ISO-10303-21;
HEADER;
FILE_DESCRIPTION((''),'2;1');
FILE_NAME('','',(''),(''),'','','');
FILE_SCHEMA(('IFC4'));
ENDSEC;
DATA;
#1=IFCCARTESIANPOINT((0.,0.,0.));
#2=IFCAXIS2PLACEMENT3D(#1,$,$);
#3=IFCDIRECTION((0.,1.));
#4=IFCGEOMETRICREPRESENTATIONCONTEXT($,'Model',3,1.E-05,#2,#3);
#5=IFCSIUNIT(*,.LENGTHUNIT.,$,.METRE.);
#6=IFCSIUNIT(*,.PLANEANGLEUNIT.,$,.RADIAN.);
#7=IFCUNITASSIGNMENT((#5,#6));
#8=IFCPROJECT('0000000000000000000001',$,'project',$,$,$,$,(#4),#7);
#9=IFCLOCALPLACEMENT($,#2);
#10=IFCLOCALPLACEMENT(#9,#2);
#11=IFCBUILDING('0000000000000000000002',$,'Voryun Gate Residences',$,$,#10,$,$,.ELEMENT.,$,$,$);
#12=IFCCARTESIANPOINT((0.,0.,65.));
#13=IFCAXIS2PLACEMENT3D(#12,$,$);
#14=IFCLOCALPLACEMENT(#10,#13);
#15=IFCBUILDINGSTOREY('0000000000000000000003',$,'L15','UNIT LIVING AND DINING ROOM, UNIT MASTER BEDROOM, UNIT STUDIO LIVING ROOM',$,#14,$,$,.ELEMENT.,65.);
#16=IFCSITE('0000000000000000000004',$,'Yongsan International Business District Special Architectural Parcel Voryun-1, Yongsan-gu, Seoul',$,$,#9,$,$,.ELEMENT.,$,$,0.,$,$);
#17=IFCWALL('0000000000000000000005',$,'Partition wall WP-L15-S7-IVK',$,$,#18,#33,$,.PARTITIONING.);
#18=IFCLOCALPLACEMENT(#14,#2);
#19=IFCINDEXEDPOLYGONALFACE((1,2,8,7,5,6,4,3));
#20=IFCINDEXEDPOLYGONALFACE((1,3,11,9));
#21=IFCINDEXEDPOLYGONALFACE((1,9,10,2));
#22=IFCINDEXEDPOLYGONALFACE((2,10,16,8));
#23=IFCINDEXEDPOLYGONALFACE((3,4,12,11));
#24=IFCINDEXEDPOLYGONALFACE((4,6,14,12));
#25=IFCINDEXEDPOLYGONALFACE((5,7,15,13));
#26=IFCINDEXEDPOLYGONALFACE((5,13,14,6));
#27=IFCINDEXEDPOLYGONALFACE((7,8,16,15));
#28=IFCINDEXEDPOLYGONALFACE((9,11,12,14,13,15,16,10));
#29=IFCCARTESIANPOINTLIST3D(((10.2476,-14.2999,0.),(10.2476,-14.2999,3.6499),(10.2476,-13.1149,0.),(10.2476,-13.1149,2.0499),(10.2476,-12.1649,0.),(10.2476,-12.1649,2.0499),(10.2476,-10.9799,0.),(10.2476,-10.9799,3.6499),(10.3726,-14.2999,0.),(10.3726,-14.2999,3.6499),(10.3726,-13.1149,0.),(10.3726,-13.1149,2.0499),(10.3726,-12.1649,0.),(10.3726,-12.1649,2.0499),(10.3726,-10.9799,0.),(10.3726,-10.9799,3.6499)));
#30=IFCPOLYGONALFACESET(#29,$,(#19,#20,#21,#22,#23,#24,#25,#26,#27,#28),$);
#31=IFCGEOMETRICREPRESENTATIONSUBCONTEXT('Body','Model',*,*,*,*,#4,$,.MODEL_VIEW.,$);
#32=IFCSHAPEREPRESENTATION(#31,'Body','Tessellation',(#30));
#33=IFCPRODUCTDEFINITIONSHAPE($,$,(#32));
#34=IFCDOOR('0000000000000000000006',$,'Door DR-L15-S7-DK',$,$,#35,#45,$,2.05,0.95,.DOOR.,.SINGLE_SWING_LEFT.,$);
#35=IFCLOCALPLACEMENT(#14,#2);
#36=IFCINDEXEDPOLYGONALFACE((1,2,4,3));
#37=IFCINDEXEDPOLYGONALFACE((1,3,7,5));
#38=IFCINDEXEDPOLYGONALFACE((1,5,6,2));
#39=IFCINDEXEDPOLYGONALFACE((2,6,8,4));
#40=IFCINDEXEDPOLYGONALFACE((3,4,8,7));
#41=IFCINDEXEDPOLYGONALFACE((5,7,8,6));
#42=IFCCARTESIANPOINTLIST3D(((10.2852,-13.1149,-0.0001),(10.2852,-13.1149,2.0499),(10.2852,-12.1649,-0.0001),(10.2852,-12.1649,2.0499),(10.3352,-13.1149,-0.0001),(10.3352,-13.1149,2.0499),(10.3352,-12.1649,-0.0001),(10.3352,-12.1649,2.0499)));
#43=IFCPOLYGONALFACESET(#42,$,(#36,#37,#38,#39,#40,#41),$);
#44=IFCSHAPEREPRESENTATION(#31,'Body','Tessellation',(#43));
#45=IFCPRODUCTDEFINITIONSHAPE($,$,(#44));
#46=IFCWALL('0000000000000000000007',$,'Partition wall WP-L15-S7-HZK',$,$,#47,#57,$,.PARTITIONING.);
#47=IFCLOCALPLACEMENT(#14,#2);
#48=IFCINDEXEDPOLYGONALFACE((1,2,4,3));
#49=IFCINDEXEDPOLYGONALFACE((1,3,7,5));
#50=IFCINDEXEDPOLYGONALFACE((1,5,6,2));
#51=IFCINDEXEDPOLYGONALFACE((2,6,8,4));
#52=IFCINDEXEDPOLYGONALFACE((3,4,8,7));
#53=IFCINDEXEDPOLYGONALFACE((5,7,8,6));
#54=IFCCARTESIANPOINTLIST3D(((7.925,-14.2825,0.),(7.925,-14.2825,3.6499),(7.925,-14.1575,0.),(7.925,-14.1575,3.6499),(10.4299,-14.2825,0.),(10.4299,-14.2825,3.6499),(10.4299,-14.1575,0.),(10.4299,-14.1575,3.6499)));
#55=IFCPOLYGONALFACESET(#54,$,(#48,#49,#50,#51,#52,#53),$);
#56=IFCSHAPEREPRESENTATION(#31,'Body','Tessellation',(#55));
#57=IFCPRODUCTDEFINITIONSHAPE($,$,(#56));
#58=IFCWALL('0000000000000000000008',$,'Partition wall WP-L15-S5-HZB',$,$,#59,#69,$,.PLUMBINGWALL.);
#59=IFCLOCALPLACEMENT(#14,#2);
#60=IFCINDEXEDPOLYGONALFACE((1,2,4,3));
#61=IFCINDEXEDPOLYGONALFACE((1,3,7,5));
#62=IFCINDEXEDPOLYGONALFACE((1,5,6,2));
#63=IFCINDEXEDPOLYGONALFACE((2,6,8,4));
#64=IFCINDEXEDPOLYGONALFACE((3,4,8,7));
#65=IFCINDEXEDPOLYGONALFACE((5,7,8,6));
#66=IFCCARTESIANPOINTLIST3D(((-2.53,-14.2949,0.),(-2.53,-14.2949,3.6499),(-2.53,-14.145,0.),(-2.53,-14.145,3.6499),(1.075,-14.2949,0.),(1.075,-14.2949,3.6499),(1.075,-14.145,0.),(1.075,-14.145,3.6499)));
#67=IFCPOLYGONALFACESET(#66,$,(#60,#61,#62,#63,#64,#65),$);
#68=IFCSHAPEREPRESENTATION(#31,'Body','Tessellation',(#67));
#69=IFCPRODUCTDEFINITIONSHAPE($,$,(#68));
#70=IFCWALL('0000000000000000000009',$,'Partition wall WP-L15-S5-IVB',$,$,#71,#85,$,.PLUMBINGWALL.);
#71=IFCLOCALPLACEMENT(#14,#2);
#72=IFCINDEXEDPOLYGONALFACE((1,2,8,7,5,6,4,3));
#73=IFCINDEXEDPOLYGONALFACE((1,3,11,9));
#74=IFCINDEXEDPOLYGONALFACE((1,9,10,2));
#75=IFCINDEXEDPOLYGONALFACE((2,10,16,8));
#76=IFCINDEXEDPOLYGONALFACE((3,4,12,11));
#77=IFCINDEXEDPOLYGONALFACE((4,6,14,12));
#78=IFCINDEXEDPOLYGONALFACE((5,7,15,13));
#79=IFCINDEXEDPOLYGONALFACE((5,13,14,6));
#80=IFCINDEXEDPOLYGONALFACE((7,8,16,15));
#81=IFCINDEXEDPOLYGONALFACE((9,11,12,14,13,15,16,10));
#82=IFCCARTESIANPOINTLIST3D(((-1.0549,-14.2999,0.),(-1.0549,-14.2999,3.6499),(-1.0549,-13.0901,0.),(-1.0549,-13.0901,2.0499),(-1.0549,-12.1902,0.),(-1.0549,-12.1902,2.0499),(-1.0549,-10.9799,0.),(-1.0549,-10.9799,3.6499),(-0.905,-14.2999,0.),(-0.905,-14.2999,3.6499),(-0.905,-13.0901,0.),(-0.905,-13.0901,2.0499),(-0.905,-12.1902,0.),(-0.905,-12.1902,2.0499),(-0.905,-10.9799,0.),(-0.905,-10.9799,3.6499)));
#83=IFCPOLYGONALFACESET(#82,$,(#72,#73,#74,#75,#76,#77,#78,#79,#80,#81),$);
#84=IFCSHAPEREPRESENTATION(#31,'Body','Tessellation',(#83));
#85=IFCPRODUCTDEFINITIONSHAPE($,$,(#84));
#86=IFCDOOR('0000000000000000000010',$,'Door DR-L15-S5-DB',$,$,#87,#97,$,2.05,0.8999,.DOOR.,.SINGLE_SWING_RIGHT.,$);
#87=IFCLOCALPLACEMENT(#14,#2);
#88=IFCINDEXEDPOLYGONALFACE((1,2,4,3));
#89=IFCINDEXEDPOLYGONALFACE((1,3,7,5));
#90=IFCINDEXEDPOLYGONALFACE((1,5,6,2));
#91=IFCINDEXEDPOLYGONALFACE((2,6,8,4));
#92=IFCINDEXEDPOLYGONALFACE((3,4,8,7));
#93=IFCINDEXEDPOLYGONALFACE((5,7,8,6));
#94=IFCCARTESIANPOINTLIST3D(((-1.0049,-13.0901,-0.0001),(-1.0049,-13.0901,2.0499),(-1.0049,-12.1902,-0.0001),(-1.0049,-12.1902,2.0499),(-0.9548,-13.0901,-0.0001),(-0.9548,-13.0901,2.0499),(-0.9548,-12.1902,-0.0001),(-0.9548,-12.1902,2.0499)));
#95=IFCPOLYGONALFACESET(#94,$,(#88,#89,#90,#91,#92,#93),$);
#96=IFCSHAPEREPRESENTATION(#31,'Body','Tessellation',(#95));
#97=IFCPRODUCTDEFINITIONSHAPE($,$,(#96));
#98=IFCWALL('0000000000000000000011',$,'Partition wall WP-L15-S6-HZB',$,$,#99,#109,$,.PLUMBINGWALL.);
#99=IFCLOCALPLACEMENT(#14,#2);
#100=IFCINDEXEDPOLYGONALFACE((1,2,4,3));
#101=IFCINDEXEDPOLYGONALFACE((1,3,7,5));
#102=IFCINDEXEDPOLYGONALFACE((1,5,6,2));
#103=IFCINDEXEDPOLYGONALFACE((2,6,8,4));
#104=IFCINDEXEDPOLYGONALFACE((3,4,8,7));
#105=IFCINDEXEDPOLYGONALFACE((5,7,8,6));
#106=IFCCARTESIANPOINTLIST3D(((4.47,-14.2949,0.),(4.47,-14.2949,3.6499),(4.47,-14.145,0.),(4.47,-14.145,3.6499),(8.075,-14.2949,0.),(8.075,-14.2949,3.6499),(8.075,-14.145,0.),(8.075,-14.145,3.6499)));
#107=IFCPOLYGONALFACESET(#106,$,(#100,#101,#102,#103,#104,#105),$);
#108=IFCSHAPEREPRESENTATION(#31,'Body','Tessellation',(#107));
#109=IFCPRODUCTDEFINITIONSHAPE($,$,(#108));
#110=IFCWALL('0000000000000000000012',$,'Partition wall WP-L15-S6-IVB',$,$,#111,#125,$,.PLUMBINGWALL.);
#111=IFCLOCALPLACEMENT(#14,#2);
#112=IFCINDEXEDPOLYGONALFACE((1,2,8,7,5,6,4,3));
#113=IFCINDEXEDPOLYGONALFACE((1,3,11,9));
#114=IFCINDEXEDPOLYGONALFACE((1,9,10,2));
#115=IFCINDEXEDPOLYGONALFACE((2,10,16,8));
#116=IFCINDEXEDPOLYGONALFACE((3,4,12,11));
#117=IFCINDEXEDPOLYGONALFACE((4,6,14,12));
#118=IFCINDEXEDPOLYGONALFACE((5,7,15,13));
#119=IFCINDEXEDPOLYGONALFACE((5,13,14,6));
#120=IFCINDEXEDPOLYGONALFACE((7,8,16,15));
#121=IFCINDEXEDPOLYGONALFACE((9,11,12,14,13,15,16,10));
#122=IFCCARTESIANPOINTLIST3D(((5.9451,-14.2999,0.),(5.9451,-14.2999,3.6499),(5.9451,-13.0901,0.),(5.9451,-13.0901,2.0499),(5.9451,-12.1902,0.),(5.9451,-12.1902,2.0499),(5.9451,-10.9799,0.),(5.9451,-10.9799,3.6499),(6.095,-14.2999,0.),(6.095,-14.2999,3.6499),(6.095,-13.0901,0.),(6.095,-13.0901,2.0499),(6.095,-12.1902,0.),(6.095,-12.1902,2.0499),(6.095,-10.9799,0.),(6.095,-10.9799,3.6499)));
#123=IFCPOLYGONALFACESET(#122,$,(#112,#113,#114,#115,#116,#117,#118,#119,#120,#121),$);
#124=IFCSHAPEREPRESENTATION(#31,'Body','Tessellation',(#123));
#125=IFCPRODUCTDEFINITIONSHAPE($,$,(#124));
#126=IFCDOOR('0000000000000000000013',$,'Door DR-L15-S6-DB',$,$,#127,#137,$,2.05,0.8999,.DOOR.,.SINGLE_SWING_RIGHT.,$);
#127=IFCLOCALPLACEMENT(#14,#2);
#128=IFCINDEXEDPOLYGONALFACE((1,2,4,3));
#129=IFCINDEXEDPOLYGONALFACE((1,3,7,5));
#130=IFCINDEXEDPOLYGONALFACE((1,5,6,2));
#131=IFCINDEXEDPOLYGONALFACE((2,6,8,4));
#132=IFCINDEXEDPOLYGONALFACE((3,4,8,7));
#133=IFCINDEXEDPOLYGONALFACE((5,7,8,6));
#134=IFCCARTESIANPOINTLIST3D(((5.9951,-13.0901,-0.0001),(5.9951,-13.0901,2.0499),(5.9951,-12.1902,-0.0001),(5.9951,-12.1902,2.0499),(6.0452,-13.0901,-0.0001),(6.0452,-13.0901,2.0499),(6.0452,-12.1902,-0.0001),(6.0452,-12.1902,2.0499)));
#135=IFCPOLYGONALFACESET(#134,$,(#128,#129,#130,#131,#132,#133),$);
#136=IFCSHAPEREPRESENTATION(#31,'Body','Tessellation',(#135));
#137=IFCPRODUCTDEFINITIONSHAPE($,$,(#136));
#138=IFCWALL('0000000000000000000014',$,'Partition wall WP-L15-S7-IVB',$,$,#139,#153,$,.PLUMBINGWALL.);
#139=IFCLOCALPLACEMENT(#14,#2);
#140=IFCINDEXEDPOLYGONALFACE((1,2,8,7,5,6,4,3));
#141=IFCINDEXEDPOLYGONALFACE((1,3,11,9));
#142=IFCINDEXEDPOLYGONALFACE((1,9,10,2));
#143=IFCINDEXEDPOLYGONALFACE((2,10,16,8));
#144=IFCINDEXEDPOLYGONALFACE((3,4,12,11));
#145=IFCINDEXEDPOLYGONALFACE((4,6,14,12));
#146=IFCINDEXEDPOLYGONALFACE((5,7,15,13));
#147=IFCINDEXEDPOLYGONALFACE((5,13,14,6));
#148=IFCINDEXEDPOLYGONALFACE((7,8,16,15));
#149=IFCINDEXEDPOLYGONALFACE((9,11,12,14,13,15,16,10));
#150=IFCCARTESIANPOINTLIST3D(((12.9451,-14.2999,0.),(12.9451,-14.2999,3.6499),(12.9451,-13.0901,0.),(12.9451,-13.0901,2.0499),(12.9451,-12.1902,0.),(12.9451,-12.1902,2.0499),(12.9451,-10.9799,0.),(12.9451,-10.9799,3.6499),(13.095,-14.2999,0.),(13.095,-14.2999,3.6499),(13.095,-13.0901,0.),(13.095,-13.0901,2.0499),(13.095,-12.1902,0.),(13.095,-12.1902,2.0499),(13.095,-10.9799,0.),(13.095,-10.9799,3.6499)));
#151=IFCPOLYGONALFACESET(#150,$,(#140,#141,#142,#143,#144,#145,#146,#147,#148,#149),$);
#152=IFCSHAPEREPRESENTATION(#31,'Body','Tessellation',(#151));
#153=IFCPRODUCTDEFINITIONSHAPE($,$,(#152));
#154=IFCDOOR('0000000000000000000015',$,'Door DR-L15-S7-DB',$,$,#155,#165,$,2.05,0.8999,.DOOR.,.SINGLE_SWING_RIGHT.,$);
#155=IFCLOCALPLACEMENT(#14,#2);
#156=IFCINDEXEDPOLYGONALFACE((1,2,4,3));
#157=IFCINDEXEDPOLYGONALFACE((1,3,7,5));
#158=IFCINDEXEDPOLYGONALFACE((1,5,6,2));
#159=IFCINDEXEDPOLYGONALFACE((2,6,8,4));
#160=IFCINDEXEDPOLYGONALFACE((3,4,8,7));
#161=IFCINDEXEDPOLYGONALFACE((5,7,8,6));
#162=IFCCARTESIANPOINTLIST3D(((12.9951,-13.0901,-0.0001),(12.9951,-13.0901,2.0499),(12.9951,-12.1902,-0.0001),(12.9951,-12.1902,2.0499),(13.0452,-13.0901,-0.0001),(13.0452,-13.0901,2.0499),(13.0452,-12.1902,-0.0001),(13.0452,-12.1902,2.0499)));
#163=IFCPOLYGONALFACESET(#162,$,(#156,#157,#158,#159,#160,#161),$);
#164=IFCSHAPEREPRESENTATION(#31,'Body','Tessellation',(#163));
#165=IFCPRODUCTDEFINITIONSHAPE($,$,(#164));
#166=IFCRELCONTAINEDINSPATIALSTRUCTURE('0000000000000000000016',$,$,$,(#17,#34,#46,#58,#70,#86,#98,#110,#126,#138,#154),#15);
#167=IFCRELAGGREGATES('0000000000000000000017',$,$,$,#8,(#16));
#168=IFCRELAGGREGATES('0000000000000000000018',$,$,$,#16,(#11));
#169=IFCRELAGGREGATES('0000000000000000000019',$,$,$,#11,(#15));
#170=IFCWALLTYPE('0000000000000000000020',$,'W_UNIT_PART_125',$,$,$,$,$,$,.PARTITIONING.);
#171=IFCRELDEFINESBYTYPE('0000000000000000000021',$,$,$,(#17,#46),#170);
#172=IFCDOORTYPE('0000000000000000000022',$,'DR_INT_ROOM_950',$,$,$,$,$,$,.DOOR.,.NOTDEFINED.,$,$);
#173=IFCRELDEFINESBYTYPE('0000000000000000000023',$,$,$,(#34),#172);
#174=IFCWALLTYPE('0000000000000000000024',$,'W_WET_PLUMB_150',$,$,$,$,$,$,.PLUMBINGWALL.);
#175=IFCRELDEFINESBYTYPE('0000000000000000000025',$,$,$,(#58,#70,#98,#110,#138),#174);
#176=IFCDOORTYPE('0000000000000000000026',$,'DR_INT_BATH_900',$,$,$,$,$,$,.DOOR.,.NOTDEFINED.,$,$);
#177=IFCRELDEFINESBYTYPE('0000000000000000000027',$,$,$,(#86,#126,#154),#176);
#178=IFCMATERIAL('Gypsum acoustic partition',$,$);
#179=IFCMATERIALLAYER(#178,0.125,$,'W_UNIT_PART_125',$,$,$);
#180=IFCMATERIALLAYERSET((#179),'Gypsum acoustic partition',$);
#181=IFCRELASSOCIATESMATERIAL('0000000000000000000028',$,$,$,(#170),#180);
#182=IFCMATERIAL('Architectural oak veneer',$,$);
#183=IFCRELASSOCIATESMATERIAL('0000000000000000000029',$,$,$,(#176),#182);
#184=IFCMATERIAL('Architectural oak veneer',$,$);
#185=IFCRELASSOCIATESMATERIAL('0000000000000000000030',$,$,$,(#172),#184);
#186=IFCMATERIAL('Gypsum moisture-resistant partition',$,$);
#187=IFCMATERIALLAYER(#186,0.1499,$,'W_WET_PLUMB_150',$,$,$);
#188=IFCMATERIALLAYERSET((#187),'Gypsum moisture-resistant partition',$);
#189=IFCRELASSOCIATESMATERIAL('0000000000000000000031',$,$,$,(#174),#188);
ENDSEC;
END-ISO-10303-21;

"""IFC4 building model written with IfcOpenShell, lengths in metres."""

from ifc_helpers import new_model, si_unit, direction, frame, frame_2d, origin, place, context, subcontext, project, spatial, rectangle, extrude, material, layer, layer_set, type_object, element, fill, save


model = new_model("IFC4")

# Units and contexts
model_context = context("Model", 3, precision=1e-05, world=origin(), true_north=direction((0.0, 1.0)))
body_context = subcontext(model_context, "Body", "Model", "MODEL_VIEW")
ifc_project = project(units=[si_unit("LENGTHUNIT", "METRE"), si_unit("PLANEANGLEUNIT", "RADIAN")], contexts=[model_context])

# Site, building, storey
site_placement = place(None, origin())
site = spatial("IfcSite", under=ifc_project, at=site_placement, Name="Yongsan International Business District Special Architectural Parcel Voryun-1, Yongsan-gu, Seoul", CompositionType="ELEMENT", RefElevation=0.0)
building_placement = place(site_placement, origin())
building = spatial("IfcBuilding", under=site, at=building_placement, Name="Voryun Gate Residences", CompositionType="ELEMENT")
storey_placement = place(building_placement, frame((0.0, 0.0, 65.0)))
storey = spatial("IfcBuildingStorey", under=building, at=storey_placement, Name="L15", Description="UNIT LIVING AND DINING ROOM, UNIT MASTER BEDROOM, UNIT STUDIO LIVING ROOM", CompositionType="ELEMENT", Elevation=65.0)

# Shared definitions
ifc_material_1 = material(Name="Gypsum acoustic partition")
ifc_layer_1 = layer(ifc_material_1, 0.125, Name="W_UNIT_PART_125")
ifc_layer_set_1 = layer_set([ifc_layer_1], Name="Gypsum acoustic partition")
wall_type_1 = type_object("IfcWallType", Name="W_UNIT_PART_125", PredefinedType="PARTITIONING", material=ifc_layer_set_1)
ifc_material_2 = material(Name="Architectural oak veneer")
door_type_1 = type_object("IfcDoorType", Name="DR_INT_BATH_900", OperationType="NOTDEFINED", PredefinedType="DOOR", material=ifc_material_2)
ifc_material_3 = material(Name="Architectural oak veneer")
door_type_2 = type_object("IfcDoorType", Name="DR_INT_ROOM_950", OperationType="NOTDEFINED", PredefinedType="DOOR", material=ifc_material_3)

# Wall, opening, door
wall_1_placement = place(storey_placement, frame((10.3101, -14.3, 0.0), z_axis=(0.0, 0.0, 1.0), x_axis=(0.0, 1.0, 0.0)))
wall_1 = element("IfcWall", 1, at=wall_1_placement, inside=storey, type_object=wall_type_1, Name="Partition wall WP-L15-S7-IVK", PredefinedType="PARTITIONING", context=body_context, shape_type="SweptSolid", body=[
    extrude(rectangle(XDim=3.3201, YDim=0.125, at=frame_2d((1.6602, 0.0))), origin(), (0.0, 0.0, 1.0), 3.6499),
])
opening_1_placement = place(wall_1_placement, frame((1.1851, 0.0, 0.0)))
opening_1 = element("IfcOpeningElement", 2, at=opening_1_placement, cuts=wall_1, PredefinedType="OPENING", context=body_context, shape_type="SweptSolid", body=[
    extrude(rectangle(XDim=0.95, YDim=2.05, at=frame_2d((0.4751, 1.0249))), frame((0.0, 0.0725, 0.0), z_axis=(0.0, -1.0, 0.0), x_axis=(1.0, 0.0, 0.0)), (0.0, 0.0, 1.0), 0.145),
])
door_1_placement = place(opening_1_placement, origin())
door_1 = element("IfcDoor", 3, at=door_1_placement, inside=storey, type_object=door_type_2, Name="Door DR-L15-S7-DK", OperationType="SINGLE_SWING_LEFT", OverallHeight=2.05, OverallWidth=0.95, PredefinedType="DOOR", context=body_context, shape_type="SweptSolid", body=[
    extrude(rectangle(XDim=0.95, YDim=2.05, at=frame_2d((0.4751, 1.0249))), frame((0.0, 0.0249, 0.0), z_axis=(0.0, -1.0, 0.0), x_axis=(1.0, 0.0, 0.0)), (0.0, 0.0, 1.0), 0.05),
])
fill(opening_1, door_1)

# Walls
wall_2_placement = place(storey_placement, frame((7.925, -14.22, 0.0), z_axis=(0.0, 0.0, 1.0), x_axis=(1.0, 0.0, 0.0)))
element("IfcWall", 4, at=wall_2_placement, inside=storey, type_object=wall_type_1, Name="Partition wall WP-L15-S7-HZK", PredefinedType="PARTITIONING", context=body_context, shape_type="SweptSolid", body=[
    extrude(rectangle(XDim=2.5049, YDim=0.125, at=frame_2d((1.2524, 0.0))), origin(), (0.0, 0.0, 1.0), 3.6499),
])
ifc_material_4 = material(Name="Gypsum moisture-resistant partition")
ifc_layer_2 = layer(ifc_material_4, 0.1499, Name="W_WET_PLUMB_150")
ifc_layer_set_2 = layer_set([ifc_layer_2], Name="Gypsum moisture-resistant partition")
wall_type_2 = type_object("IfcWallType", Name="W_WET_PLUMB_150", PredefinedType="PLUMBINGWALL", material=ifc_layer_set_2)
wall_3_placement = place(storey_placement, frame((-2.53, -14.22, 0.0), z_axis=(0.0, 0.0, 1.0), x_axis=(1.0, 0.0, 0.0)))
element("IfcWall", 5, at=wall_3_placement, inside=storey, type_object=wall_type_2, Name="Partition wall WP-L15-S5-HZB", PredefinedType="PLUMBINGWALL", context=body_context, shape_type="SweptSolid", body=[
    extrude(rectangle(XDim=3.605, YDim=0.1499, at=frame_2d((1.8025, 0.0))), origin(), (0.0, 0.0, 1.0), 3.6499),
])

# Wall, opening, door
wall_4_placement = place(storey_placement, frame((-0.98, -14.3, 0.0), z_axis=(0.0, 0.0, 1.0), x_axis=(0.0, 1.0, 0.0)))
wall_4 = element("IfcWall", 6, at=wall_4_placement, inside=storey, type_object=wall_type_2, Name="Partition wall WP-L15-S5-IVB", PredefinedType="PLUMBINGWALL", context=body_context, shape_type="SweptSolid", body=[
    extrude(rectangle(XDim=3.3201, YDim=0.1499, at=frame_2d((1.6602, 0.0))), origin(), (0.0, 0.0, 1.0), 3.6499),
])
opening_2_placement = place(wall_4_placement, frame((1.21, 0.0, 0.0)))
opening_2 = element("IfcOpeningElement", 7, at=opening_2_placement, cuts=wall_4, PredefinedType="OPENING", context=body_context, shape_type="SweptSolid", body=[
    extrude(rectangle(XDim=0.8999, YDim=2.05, at=frame_2d((0.45, 1.0249))), frame((0.0, 0.085, 0.0), z_axis=(0.0, -1.0, 0.0), x_axis=(1.0, 0.0, 0.0)), (0.0, 0.0, 1.0), 0.1699),
])
door_2_placement = place(opening_2_placement, origin())
door_2 = element("IfcDoor", 8, at=door_2_placement, inside=storey, type_object=door_type_1, Name="Door DR-L15-S5-DB", OperationType="SINGLE_SWING_RIGHT", OverallHeight=2.05, OverallWidth=0.8999, PredefinedType="DOOR", context=body_context, shape_type="SweptSolid", body=[
    extrude(rectangle(XDim=0.8999, YDim=2.05, at=frame_2d((0.45, 1.0249))), frame((0.0, 0.0249, 0.0), z_axis=(0.0, -1.0, 0.0), x_axis=(1.0, 0.0, 0.0)), (0.0, 0.0, 1.0), 0.05),
])
fill(opening_2, door_2)

# Wall
wall_5_placement = place(storey_placement, frame((4.47, -14.22, 0.0), z_axis=(0.0, 0.0, 1.0), x_axis=(1.0, 0.0, 0.0)))
element("IfcWall", 9, at=wall_5_placement, inside=storey, type_object=wall_type_2, Name="Partition wall WP-L15-S6-HZB", PredefinedType="PLUMBINGWALL", context=body_context, shape_type="SweptSolid", body=[
    extrude(rectangle(XDim=3.605, YDim=0.1499, at=frame_2d((1.8025, 0.0))), origin(), (0.0, 0.0, 1.0), 3.6499),
])

# Walls, openings, doors
wall_6_placement = place(storey_placement, frame((6.02, -14.3, 0.0), z_axis=(0.0, 0.0, 1.0), x_axis=(0.0, 1.0, 0.0)))
wall_6 = element("IfcWall", 10, at=wall_6_placement, inside=storey, type_object=wall_type_2, Name="Partition wall WP-L15-S6-IVB", PredefinedType="PLUMBINGWALL", context=body_context, shape_type="SweptSolid", body=[
    extrude(rectangle(XDim=3.3201, YDim=0.1499, at=frame_2d((1.6602, 0.0))), origin(), (0.0, 0.0, 1.0), 3.6499),
])
opening_3_placement = place(wall_6_placement, frame((1.21, 0.0, 0.0)))
opening_3 = element("IfcOpeningElement", 11, at=opening_3_placement, cuts=wall_6, PredefinedType="OPENING", context=body_context, shape_type="SweptSolid", body=[
    extrude(rectangle(XDim=0.8999, YDim=2.05, at=frame_2d((0.45, 1.0249))), frame((0.0, 0.085, 0.0), z_axis=(0.0, -1.0, 0.0), x_axis=(1.0, 0.0, 0.0)), (0.0, 0.0, 1.0), 0.1699),
])
door_3_placement = place(opening_3_placement, origin())
door_3 = element("IfcDoor", 12, at=door_3_placement, inside=storey, type_object=door_type_1, Name="Door DR-L15-S6-DB", OperationType="SINGLE_SWING_RIGHT", OverallHeight=2.05, OverallWidth=0.8999, PredefinedType="DOOR", context=body_context, shape_type="SweptSolid", body=[
    extrude(rectangle(XDim=0.8999, YDim=2.05, at=frame_2d((0.45, 1.0249))), frame((0.0, 0.0249, 0.0), z_axis=(0.0, -1.0, 0.0), x_axis=(1.0, 0.0, 0.0)), (0.0, 0.0, 1.0), 0.05),
])
fill(opening_3, door_3)
wall_7_placement = place(storey_placement, frame((13.02, -14.3, 0.0), z_axis=(0.0, 0.0, 1.0), x_axis=(0.0, 1.0, 0.0)))
wall_7 = element("IfcWall", 13, at=wall_7_placement, inside=storey, type_object=wall_type_2, Name="Partition wall WP-L15-S7-IVB", PredefinedType="PLUMBINGWALL", context=body_context, shape_type="SweptSolid", body=[
    extrude(rectangle(XDim=3.3201, YDim=0.1499, at=frame_2d((1.6602, 0.0))), origin(), (0.0, 0.0, 1.0), 3.6499),
])
opening_4_placement = place(wall_7_placement, frame((1.21, 0.0, 0.0)))
opening_4 = element("IfcOpeningElement", 14, at=opening_4_placement, cuts=wall_7, PredefinedType="OPENING", context=body_context, shape_type="SweptSolid", body=[
    extrude(rectangle(XDim=0.8999, YDim=2.05, at=frame_2d((0.45, 1.0249))), frame((0.0, 0.085, 0.0), z_axis=(0.0, -1.0, 0.0), x_axis=(1.0, 0.0, 0.0)), (0.0, 0.0, 1.0), 0.1699),
])
door_4_placement = place(opening_4_placement, origin())
door_4 = element("IfcDoor", 15, at=door_4_placement, inside=storey, type_object=door_type_1, Name="Door DR-L15-S7-DB", OperationType="SINGLE_SWING_RIGHT", OverallHeight=2.05, OverallWidth=0.8999, PredefinedType="DOOR", context=body_context, shape_type="SweptSolid", body=[
    extrude(rectangle(XDim=0.8999, YDim=2.05, at=frame_2d((0.45, 1.0249))), frame((0.0, 0.0249, 0.0), z_axis=(0.0, -1.0, 0.0), x_axis=(1.0, 0.0, 0.0)), (0.0, 0.0, 1.0), 0.05),
])
fill(opening_4, door_4)

save(model, "model.ifc")
